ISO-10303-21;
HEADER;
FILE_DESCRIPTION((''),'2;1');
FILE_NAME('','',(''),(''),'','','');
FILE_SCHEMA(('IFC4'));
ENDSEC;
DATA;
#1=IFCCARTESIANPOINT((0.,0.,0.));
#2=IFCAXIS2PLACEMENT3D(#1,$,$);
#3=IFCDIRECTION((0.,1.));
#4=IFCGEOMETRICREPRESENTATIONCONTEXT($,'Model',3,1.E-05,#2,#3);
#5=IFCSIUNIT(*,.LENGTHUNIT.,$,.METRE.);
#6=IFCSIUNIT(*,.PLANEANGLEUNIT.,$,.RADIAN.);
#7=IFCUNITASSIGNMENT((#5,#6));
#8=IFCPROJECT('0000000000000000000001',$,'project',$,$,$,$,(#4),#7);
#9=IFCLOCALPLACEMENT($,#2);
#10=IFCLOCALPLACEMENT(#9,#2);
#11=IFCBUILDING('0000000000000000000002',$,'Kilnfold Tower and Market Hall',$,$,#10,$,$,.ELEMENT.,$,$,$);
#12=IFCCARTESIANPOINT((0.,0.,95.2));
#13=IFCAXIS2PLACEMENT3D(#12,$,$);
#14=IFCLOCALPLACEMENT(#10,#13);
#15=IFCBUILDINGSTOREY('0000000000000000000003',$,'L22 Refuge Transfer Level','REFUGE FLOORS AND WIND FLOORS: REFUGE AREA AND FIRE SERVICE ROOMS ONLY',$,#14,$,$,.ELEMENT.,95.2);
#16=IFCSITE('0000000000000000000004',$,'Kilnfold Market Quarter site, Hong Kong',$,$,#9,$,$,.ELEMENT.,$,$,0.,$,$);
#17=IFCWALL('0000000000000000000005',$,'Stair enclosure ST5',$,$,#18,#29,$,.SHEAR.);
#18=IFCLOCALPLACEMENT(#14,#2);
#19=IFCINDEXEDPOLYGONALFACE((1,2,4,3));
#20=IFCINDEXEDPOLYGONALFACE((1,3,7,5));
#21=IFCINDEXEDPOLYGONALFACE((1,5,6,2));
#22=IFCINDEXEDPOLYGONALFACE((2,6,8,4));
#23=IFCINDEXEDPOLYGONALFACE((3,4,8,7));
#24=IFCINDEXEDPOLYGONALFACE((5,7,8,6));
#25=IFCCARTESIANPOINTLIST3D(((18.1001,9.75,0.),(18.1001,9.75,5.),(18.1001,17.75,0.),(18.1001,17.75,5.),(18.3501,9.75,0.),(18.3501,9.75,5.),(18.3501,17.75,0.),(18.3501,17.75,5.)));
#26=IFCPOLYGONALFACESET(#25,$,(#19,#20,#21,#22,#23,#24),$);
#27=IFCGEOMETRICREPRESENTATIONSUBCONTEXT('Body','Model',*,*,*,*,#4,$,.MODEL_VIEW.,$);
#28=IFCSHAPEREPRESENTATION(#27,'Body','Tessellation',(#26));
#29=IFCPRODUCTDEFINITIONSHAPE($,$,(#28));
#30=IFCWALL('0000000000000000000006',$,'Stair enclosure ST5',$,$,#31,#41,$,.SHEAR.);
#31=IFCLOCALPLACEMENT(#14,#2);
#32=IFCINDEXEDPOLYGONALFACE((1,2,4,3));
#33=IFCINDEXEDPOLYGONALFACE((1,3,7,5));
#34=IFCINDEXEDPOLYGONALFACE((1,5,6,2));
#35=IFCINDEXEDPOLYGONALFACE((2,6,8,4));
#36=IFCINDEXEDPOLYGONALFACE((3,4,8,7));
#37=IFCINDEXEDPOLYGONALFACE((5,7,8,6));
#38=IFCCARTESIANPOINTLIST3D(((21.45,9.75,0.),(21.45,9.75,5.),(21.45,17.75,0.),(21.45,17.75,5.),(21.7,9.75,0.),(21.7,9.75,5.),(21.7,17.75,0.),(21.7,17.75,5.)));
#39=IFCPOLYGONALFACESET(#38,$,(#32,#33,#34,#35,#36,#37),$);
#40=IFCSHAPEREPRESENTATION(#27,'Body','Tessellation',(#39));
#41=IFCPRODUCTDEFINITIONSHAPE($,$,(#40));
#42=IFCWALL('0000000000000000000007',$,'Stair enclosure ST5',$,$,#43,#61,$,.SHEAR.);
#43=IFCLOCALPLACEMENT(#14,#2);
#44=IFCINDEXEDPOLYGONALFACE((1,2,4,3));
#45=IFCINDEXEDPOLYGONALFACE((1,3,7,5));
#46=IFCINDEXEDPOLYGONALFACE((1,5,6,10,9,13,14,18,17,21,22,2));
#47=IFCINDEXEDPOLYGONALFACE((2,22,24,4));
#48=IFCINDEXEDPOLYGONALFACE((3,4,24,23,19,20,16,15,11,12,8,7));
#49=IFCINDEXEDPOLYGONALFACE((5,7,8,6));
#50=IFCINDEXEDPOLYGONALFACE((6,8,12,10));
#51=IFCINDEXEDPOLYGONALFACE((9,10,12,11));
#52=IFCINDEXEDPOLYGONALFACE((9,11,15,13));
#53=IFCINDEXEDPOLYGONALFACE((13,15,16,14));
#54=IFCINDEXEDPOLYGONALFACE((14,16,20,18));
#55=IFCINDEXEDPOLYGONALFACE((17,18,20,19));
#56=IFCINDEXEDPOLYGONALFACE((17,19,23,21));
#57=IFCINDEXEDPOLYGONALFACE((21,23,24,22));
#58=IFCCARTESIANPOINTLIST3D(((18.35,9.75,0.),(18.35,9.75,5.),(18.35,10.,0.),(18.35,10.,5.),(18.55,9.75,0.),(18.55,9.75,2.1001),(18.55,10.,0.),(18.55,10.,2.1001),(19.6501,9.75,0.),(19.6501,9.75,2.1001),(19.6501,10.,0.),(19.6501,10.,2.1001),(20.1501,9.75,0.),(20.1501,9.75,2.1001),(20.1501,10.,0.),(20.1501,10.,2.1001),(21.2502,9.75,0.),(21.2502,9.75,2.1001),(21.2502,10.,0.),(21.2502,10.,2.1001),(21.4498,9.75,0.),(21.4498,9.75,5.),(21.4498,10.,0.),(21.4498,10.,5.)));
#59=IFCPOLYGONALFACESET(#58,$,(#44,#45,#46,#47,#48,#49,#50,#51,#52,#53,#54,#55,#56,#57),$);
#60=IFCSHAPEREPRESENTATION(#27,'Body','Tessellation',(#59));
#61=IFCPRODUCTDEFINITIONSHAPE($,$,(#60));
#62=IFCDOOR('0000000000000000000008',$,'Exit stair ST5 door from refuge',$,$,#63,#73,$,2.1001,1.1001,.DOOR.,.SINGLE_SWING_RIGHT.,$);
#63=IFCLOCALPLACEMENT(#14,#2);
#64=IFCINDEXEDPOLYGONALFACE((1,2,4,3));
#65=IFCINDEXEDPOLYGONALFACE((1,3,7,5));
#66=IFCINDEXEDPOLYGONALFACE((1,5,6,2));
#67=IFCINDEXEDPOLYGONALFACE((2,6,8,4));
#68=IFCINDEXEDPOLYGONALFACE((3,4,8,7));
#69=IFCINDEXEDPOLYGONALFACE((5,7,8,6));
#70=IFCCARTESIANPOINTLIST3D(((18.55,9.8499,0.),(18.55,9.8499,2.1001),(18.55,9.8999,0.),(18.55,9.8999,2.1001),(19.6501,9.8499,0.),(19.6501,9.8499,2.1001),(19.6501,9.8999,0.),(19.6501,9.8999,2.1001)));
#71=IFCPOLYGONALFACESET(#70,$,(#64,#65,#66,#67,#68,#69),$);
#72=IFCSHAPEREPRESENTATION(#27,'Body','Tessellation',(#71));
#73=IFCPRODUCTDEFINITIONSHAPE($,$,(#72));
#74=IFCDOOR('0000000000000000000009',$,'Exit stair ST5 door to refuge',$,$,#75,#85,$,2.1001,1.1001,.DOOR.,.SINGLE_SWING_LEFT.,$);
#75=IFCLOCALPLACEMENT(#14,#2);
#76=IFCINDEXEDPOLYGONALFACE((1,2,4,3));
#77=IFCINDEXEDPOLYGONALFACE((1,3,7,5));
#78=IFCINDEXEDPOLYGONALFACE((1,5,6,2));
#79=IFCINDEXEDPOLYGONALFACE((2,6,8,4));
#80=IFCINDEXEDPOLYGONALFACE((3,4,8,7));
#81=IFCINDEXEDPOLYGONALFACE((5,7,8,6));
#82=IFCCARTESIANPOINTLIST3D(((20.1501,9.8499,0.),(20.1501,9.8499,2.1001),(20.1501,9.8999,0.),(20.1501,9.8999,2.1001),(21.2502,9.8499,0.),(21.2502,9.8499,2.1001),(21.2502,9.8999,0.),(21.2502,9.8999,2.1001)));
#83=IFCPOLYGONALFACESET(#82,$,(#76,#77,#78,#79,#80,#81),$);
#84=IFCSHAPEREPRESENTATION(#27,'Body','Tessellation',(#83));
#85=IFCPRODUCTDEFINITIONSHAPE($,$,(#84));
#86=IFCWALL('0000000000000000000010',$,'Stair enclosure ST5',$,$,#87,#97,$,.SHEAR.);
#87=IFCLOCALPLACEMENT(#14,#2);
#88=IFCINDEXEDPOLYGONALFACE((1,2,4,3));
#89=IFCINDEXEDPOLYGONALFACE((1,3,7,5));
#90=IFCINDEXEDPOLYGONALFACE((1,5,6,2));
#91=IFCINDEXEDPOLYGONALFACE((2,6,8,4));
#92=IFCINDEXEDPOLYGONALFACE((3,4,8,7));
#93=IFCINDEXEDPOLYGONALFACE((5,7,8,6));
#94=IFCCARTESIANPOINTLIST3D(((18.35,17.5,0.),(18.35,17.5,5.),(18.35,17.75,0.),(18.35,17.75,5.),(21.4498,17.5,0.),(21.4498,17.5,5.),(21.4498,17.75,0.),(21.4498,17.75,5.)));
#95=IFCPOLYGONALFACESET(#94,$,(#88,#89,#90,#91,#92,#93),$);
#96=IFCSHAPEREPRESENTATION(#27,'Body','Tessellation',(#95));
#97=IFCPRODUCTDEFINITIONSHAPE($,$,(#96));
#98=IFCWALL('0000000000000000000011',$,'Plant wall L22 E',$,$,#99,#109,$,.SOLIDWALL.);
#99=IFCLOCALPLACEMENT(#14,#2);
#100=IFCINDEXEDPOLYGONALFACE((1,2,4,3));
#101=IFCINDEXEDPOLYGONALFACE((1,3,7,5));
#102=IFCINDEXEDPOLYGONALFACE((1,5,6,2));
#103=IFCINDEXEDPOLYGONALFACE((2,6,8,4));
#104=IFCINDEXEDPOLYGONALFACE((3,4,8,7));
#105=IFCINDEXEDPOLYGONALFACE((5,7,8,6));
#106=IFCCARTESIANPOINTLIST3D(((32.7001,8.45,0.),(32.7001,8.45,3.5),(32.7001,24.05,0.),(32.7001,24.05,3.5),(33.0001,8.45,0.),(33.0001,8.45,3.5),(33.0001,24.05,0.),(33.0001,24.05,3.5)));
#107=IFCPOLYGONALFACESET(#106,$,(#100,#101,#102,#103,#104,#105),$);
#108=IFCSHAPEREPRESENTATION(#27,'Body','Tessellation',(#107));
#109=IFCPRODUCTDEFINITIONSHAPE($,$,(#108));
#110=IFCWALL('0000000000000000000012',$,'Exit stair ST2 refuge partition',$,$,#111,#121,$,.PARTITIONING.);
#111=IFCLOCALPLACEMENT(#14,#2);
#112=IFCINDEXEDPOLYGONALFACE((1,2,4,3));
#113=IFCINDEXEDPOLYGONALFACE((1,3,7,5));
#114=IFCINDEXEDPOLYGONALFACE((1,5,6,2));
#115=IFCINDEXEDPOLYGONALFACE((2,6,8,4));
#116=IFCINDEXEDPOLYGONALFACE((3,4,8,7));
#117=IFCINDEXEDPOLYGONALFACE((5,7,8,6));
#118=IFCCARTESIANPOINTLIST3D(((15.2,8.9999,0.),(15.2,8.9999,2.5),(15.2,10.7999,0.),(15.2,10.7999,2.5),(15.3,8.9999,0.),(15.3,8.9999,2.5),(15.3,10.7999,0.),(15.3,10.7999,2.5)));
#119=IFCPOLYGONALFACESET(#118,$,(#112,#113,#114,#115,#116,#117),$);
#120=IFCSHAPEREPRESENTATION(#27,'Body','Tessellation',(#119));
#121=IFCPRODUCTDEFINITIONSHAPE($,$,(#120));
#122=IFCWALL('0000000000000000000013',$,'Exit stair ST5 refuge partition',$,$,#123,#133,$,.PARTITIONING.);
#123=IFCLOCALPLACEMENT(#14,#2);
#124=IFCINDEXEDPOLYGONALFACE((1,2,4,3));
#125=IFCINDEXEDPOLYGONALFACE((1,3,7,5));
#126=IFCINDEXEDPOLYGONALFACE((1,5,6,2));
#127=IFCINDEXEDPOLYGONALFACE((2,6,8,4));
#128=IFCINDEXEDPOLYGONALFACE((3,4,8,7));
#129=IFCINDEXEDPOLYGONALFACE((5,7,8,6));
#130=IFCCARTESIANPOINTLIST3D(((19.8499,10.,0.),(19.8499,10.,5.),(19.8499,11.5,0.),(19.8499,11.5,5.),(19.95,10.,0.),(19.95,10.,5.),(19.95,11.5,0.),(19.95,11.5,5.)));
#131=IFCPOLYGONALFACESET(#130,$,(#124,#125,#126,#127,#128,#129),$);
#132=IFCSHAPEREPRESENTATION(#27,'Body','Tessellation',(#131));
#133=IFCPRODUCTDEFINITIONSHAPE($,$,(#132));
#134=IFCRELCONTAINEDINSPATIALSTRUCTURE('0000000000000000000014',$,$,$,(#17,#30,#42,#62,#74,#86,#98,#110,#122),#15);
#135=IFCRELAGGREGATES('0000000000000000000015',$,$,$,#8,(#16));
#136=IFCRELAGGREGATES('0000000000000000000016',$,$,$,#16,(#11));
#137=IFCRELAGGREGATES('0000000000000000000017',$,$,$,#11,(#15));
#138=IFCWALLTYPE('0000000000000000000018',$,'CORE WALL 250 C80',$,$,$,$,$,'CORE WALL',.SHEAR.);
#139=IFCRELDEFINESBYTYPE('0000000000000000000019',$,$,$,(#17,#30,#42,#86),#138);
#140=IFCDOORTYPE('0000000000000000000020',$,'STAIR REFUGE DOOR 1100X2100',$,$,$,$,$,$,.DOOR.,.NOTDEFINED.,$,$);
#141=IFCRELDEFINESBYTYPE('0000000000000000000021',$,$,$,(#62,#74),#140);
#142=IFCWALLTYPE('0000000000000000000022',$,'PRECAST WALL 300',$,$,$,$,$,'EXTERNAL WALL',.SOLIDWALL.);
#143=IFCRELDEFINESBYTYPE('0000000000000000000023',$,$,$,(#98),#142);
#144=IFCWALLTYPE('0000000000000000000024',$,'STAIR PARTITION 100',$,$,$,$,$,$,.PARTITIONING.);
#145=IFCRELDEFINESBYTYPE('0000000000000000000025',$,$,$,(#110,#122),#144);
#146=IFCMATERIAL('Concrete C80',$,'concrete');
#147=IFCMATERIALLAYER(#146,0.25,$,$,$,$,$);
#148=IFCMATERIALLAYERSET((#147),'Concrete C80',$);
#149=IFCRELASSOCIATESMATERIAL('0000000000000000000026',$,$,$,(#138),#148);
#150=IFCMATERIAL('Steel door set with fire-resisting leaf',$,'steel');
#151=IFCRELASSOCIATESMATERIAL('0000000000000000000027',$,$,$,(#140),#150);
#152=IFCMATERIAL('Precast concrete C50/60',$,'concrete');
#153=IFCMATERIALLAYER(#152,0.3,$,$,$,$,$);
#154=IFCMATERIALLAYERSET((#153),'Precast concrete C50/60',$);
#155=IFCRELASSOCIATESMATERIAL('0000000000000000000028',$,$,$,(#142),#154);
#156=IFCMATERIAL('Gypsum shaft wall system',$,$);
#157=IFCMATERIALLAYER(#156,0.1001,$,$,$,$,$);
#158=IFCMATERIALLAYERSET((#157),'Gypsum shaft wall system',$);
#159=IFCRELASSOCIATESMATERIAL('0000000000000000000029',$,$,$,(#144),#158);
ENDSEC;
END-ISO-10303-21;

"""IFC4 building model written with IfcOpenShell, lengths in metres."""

from ifc_helpers import new_model, si_unit, direction, frame, frame_2d, origin, place, context, subcontext, project, spatial, rectangle, extrude, source, transform, mapped, material, layer, layer_set, type_object, element, fill, save


model = new_model("IFC4")

# Units and contexts
model_context = context("Model", 3, precision=1e-05, world=origin(), true_north=direction((0.0, 1.0)))
body_context = subcontext(model_context, "Body", "Model", "MODEL_VIEW")
ifc_project = project(units=[si_unit("LENGTHUNIT", "METRE"), si_unit("PLANEANGLEUNIT", "RADIAN")], contexts=[model_context])

# Site, building, storey
site_placement = place(None, origin())
site = spatial("IfcSite", under=ifc_project, at=site_placement, Name="Kilnfold Market Quarter site, Hong Kong", CompositionType="ELEMENT", RefElevation=0.0)
building_placement = place(site_placement, origin())
building = spatial("IfcBuilding", under=site, at=building_placement, Name="Kilnfold Tower and Market Hall", CompositionType="ELEMENT")
storey_placement = place(building_placement, frame((0.0, 0.0, 95.2)))
storey = spatial("IfcBuildingStorey", under=building, at=storey_placement, Name="L22 Refuge Transfer Level", Description="REFUGE FLOORS AND WIND FLOORS: REFUGE AREA AND FIRE SERVICE ROOMS ONLY", CompositionType="ELEMENT", Elevation=95.2)

# Walls
ifc_material_1 = material(Name="Concrete C80", Category="concrete")
ifc_layer_1 = layer(ifc_material_1, 0.25)
ifc_layer_set_1 = layer_set([ifc_layer_1], Name="Concrete C80")
wall_type_1 = type_object("IfcWallType", Name="CORE WALL 250 C80", ElementType="CORE WALL", PredefinedType="SHEAR", material=ifc_layer_set_1)
shared_shape_1 = source(origin(), body_context, "Body", "SweptSolid", [
    extrude(rectangle(XDim=8.0, YDim=0.25, at=frame_2d((4.0, 0.0))), origin(), (0.0, 0.0, 1.0), 5.0),
])
for number, where, z_axis, x_axis, name in (
    (1, (18.2251, 9.75, 0.0), (0.0, 0.0, 1.0), (0.0, 1.0, 0.0), "Stair enclosure ST5"),
    (2, (21.575, 9.75, 0.0), (0.0, 0.0, 1.0), (0.0, 1.0, 0.0), "Stair enclosure ST5"),
):
    element("IfcWall", number, at=place(storey_placement, frame(where, z_axis=z_axis, x_axis=x_axis)), inside=storey, type_object=wall_type_1, Name=name, PredefinedType="SHEAR", context=body_context, shape_type="MappedRepresentation", body=[
        mapped(shared_shape_1, transform((0.0, 0.0, 0.0))),
    ])

# Wall, openings, doors
shared_shape_2 = source(origin(), body_context, "Body", "SweptSolid", [
    extrude(rectangle(XDim=3.0999, YDim=0.25, at=frame_2d((1.5498, 0.0))), origin(), (0.0, 0.0, 1.0), 5.0),
])
wall_1_placement = place(storey_placement, frame((18.3501, 9.875, 0.0), z_axis=(0.0, 0.0, 1.0), x_axis=(1.0, 0.0, 0.0)))
wall_1 = element("IfcWall", 3, at=wall_1_placement, inside=storey, type_object=wall_type_1, Name="Stair enclosure ST5", PredefinedType="SHEAR", context=body_context, shape_type="MappedRepresentation", body=[
    mapped(shared_shape_2, transform((0.0, 0.0, 0.0))),
])
opening_1_placement = place(wall_1_placement, frame((0.2, 0.0, 0.0)))
opening_1 = element("IfcOpeningElement", 4, at=opening_1_placement, cuts=wall_1, PredefinedType="OPENING", context=body_context, shape_type="SweptSolid", body=[
    extrude(rectangle(XDim=1.1001, YDim=2.1001, at=frame_2d((0.55, 1.05))), frame((0.0, 0.135, 0.0), z_axis=(0.0, -1.0, 0.0), x_axis=(1.0, 0.0, 0.0)), (0.0, 0.0, 1.0), 0.27),
])
opening_2_placement = place(wall_1_placement, frame((1.8, 0.0, 0.0)))
opening_2 = element("IfcOpeningElement", 5, at=opening_2_placement, cuts=wall_1, PredefinedType="OPENING", context=body_context, shape_type="SweptSolid", body=[
    extrude(rectangle(XDim=1.1001, YDim=2.1001, at=frame_2d((0.55, 1.05))), frame((0.0, 0.135, 0.0), z_axis=(0.0, -1.0, 0.0), x_axis=(1.0, 0.0, 0.0)), (0.0, 0.0, 1.0), 0.27),
])
ifc_material_2 = material(Name="Steel door set with fire-resisting leaf", Category="steel")
door_type_1 = type_object("IfcDoorType", Name="STAIR REFUGE DOOR 1100X2100", OperationType="NOTDEFINED", PredefinedType="DOOR", material=ifc_material_2)
door_1_placement = place(opening_1_placement, origin())
door_1 = element("IfcDoor", 6, at=door_1_placement, inside=storey, type_object=door_type_1, Name="Exit stair ST5 door from refuge", OperationType="SINGLE_SWING_RIGHT", OverallHeight=2.1001, OverallWidth=1.1001, PredefinedType="DOOR", context=body_context, shape_type="SweptSolid", body=[
    extrude(rectangle(XDim=1.1001, YDim=2.1001, at=frame_2d((0.55, 1.05))), frame((0.0, 0.0249, 0.0), z_axis=(0.0, -1.0, 0.0), x_axis=(1.0, 0.0, 0.0)), (0.0, 0.0, 1.0), 0.05),
])
fill(opening_1, door_1)
door_2_placement = place(opening_2_placement, origin())
door_2 = element("IfcDoor", 7, at=door_2_placement, inside=storey, type_object=door_type_1, Name="Exit stair ST5 door to refuge", OperationType="SINGLE_SWING_LEFT", OverallHeight=2.1001, OverallWidth=1.1001, PredefinedType="DOOR", context=body_context, shape_type="SweptSolid", body=[
    extrude(rectangle(XDim=1.1001, YDim=2.1001, at=frame_2d((0.55, 1.05))), frame((0.0, 0.0249, 0.0), z_axis=(0.0, -1.0, 0.0), x_axis=(1.0, 0.0, 0.0)), (0.0, 0.0, 1.0), 0.05),
])
fill(opening_2, door_2)

# Walls
wall_2_placement = place(storey_placement, frame((18.3501, 17.625, 0.0), z_axis=(0.0, 0.0, 1.0), x_axis=(1.0, 0.0, 0.0)))
element("IfcWall", 8, at=wall_2_placement, inside=storey, type_object=wall_type_1, Name="Stair enclosure ST5", PredefinedType="SHEAR", context=body_context, shape_type="MappedRepresentation", body=[
    mapped(shared_shape_2, transform((0.0, 0.0, 0.0))),
])
ifc_material_3 = material(Name="Precast concrete C50/60", Category="concrete")
ifc_layer_2 = layer(ifc_material_3, 0.3)
ifc_layer_set_2 = layer_set([ifc_layer_2], Name="Precast concrete C50/60")
wall_type_2 = type_object("IfcWallType", Name="PRECAST WALL 300", ElementType="EXTERNAL WALL", PredefinedType="SOLIDWALL", material=ifc_layer_set_2)
shared_shape_3 = source(origin(), body_context, "Body", "SweptSolid", [
    extrude(rectangle(XDim=15.6001, YDim=0.3, at=frame_2d((7.8, 0.0))), origin(), (0.0, 0.0, 1.0), 3.5),
])
wall_3_placement = place(storey_placement, frame((32.8501, 8.45, 0.0), z_axis=(0.0, 0.0, 1.0), x_axis=(0.0, 1.0, 0.0)))
element("IfcWall", 9, at=wall_3_placement, inside=storey, type_object=wall_type_2, Name="Plant wall L22 E", PredefinedType="SOLIDWALL", context=body_context, shape_type="MappedRepresentation", body=[
    mapped(shared_shape_3, transform((0.0, 0.0, 0.0))),
])
ifc_material_4 = material(Name="Gypsum shaft wall system")
ifc_layer_3 = layer(ifc_material_4, 0.1001)
ifc_layer_set_3 = layer_set([ifc_layer_3], Name="Gypsum shaft wall system")
wall_type_3 = type_object("IfcWallType", Name="STAIR PARTITION 100", PredefinedType="PARTITIONING", material=ifc_layer_set_3)
shared_shape_4 = source(origin(), body_context, "Body", "SweptSolid", [
    extrude(rectangle(XDim=1.8, YDim=0.1001, at=frame_2d((0.8999, 0.0))), origin(), (0.0, 0.0, 1.0), 2.5),
])
wall_4_placement = place(storey_placement, frame((15.25, 9.0, 0.0), z_axis=(0.0, 0.0, 1.0), x_axis=(0.0, 1.0, 0.0)))
element("IfcWall", 10, at=wall_4_placement, inside=storey, type_object=wall_type_3, Name="Exit stair ST2 refuge partition", PredefinedType="PARTITIONING", context=body_context, shape_type="MappedRepresentation", body=[
    mapped(shared_shape_4, transform((0.0, 0.0, 0.0))),
])
shared_shape_5 = source(origin(), body_context, "Body", "SweptSolid", [
    extrude(rectangle(XDim=1.5, YDim=0.1001, at=frame_2d((0.75, 0.0))), origin(), (0.0, 0.0, 1.0), 5.0),
])
wall_5_placement = place(storey_placement, frame((19.8999, 10.0, 0.0), z_axis=(0.0, 0.0, 1.0), x_axis=(0.0, 1.0, 0.0)))
element("IfcWall", 11, at=wall_5_placement, inside=storey, type_object=wall_type_3, Name="Exit stair ST5 refuge partition", PredefinedType="PARTITIONING", context=body_context, shape_type="MappedRepresentation", body=[
    mapped(shared_shape_5, transform((0.0, 0.0, 0.0))),
])

save(model, "model.ifc")
